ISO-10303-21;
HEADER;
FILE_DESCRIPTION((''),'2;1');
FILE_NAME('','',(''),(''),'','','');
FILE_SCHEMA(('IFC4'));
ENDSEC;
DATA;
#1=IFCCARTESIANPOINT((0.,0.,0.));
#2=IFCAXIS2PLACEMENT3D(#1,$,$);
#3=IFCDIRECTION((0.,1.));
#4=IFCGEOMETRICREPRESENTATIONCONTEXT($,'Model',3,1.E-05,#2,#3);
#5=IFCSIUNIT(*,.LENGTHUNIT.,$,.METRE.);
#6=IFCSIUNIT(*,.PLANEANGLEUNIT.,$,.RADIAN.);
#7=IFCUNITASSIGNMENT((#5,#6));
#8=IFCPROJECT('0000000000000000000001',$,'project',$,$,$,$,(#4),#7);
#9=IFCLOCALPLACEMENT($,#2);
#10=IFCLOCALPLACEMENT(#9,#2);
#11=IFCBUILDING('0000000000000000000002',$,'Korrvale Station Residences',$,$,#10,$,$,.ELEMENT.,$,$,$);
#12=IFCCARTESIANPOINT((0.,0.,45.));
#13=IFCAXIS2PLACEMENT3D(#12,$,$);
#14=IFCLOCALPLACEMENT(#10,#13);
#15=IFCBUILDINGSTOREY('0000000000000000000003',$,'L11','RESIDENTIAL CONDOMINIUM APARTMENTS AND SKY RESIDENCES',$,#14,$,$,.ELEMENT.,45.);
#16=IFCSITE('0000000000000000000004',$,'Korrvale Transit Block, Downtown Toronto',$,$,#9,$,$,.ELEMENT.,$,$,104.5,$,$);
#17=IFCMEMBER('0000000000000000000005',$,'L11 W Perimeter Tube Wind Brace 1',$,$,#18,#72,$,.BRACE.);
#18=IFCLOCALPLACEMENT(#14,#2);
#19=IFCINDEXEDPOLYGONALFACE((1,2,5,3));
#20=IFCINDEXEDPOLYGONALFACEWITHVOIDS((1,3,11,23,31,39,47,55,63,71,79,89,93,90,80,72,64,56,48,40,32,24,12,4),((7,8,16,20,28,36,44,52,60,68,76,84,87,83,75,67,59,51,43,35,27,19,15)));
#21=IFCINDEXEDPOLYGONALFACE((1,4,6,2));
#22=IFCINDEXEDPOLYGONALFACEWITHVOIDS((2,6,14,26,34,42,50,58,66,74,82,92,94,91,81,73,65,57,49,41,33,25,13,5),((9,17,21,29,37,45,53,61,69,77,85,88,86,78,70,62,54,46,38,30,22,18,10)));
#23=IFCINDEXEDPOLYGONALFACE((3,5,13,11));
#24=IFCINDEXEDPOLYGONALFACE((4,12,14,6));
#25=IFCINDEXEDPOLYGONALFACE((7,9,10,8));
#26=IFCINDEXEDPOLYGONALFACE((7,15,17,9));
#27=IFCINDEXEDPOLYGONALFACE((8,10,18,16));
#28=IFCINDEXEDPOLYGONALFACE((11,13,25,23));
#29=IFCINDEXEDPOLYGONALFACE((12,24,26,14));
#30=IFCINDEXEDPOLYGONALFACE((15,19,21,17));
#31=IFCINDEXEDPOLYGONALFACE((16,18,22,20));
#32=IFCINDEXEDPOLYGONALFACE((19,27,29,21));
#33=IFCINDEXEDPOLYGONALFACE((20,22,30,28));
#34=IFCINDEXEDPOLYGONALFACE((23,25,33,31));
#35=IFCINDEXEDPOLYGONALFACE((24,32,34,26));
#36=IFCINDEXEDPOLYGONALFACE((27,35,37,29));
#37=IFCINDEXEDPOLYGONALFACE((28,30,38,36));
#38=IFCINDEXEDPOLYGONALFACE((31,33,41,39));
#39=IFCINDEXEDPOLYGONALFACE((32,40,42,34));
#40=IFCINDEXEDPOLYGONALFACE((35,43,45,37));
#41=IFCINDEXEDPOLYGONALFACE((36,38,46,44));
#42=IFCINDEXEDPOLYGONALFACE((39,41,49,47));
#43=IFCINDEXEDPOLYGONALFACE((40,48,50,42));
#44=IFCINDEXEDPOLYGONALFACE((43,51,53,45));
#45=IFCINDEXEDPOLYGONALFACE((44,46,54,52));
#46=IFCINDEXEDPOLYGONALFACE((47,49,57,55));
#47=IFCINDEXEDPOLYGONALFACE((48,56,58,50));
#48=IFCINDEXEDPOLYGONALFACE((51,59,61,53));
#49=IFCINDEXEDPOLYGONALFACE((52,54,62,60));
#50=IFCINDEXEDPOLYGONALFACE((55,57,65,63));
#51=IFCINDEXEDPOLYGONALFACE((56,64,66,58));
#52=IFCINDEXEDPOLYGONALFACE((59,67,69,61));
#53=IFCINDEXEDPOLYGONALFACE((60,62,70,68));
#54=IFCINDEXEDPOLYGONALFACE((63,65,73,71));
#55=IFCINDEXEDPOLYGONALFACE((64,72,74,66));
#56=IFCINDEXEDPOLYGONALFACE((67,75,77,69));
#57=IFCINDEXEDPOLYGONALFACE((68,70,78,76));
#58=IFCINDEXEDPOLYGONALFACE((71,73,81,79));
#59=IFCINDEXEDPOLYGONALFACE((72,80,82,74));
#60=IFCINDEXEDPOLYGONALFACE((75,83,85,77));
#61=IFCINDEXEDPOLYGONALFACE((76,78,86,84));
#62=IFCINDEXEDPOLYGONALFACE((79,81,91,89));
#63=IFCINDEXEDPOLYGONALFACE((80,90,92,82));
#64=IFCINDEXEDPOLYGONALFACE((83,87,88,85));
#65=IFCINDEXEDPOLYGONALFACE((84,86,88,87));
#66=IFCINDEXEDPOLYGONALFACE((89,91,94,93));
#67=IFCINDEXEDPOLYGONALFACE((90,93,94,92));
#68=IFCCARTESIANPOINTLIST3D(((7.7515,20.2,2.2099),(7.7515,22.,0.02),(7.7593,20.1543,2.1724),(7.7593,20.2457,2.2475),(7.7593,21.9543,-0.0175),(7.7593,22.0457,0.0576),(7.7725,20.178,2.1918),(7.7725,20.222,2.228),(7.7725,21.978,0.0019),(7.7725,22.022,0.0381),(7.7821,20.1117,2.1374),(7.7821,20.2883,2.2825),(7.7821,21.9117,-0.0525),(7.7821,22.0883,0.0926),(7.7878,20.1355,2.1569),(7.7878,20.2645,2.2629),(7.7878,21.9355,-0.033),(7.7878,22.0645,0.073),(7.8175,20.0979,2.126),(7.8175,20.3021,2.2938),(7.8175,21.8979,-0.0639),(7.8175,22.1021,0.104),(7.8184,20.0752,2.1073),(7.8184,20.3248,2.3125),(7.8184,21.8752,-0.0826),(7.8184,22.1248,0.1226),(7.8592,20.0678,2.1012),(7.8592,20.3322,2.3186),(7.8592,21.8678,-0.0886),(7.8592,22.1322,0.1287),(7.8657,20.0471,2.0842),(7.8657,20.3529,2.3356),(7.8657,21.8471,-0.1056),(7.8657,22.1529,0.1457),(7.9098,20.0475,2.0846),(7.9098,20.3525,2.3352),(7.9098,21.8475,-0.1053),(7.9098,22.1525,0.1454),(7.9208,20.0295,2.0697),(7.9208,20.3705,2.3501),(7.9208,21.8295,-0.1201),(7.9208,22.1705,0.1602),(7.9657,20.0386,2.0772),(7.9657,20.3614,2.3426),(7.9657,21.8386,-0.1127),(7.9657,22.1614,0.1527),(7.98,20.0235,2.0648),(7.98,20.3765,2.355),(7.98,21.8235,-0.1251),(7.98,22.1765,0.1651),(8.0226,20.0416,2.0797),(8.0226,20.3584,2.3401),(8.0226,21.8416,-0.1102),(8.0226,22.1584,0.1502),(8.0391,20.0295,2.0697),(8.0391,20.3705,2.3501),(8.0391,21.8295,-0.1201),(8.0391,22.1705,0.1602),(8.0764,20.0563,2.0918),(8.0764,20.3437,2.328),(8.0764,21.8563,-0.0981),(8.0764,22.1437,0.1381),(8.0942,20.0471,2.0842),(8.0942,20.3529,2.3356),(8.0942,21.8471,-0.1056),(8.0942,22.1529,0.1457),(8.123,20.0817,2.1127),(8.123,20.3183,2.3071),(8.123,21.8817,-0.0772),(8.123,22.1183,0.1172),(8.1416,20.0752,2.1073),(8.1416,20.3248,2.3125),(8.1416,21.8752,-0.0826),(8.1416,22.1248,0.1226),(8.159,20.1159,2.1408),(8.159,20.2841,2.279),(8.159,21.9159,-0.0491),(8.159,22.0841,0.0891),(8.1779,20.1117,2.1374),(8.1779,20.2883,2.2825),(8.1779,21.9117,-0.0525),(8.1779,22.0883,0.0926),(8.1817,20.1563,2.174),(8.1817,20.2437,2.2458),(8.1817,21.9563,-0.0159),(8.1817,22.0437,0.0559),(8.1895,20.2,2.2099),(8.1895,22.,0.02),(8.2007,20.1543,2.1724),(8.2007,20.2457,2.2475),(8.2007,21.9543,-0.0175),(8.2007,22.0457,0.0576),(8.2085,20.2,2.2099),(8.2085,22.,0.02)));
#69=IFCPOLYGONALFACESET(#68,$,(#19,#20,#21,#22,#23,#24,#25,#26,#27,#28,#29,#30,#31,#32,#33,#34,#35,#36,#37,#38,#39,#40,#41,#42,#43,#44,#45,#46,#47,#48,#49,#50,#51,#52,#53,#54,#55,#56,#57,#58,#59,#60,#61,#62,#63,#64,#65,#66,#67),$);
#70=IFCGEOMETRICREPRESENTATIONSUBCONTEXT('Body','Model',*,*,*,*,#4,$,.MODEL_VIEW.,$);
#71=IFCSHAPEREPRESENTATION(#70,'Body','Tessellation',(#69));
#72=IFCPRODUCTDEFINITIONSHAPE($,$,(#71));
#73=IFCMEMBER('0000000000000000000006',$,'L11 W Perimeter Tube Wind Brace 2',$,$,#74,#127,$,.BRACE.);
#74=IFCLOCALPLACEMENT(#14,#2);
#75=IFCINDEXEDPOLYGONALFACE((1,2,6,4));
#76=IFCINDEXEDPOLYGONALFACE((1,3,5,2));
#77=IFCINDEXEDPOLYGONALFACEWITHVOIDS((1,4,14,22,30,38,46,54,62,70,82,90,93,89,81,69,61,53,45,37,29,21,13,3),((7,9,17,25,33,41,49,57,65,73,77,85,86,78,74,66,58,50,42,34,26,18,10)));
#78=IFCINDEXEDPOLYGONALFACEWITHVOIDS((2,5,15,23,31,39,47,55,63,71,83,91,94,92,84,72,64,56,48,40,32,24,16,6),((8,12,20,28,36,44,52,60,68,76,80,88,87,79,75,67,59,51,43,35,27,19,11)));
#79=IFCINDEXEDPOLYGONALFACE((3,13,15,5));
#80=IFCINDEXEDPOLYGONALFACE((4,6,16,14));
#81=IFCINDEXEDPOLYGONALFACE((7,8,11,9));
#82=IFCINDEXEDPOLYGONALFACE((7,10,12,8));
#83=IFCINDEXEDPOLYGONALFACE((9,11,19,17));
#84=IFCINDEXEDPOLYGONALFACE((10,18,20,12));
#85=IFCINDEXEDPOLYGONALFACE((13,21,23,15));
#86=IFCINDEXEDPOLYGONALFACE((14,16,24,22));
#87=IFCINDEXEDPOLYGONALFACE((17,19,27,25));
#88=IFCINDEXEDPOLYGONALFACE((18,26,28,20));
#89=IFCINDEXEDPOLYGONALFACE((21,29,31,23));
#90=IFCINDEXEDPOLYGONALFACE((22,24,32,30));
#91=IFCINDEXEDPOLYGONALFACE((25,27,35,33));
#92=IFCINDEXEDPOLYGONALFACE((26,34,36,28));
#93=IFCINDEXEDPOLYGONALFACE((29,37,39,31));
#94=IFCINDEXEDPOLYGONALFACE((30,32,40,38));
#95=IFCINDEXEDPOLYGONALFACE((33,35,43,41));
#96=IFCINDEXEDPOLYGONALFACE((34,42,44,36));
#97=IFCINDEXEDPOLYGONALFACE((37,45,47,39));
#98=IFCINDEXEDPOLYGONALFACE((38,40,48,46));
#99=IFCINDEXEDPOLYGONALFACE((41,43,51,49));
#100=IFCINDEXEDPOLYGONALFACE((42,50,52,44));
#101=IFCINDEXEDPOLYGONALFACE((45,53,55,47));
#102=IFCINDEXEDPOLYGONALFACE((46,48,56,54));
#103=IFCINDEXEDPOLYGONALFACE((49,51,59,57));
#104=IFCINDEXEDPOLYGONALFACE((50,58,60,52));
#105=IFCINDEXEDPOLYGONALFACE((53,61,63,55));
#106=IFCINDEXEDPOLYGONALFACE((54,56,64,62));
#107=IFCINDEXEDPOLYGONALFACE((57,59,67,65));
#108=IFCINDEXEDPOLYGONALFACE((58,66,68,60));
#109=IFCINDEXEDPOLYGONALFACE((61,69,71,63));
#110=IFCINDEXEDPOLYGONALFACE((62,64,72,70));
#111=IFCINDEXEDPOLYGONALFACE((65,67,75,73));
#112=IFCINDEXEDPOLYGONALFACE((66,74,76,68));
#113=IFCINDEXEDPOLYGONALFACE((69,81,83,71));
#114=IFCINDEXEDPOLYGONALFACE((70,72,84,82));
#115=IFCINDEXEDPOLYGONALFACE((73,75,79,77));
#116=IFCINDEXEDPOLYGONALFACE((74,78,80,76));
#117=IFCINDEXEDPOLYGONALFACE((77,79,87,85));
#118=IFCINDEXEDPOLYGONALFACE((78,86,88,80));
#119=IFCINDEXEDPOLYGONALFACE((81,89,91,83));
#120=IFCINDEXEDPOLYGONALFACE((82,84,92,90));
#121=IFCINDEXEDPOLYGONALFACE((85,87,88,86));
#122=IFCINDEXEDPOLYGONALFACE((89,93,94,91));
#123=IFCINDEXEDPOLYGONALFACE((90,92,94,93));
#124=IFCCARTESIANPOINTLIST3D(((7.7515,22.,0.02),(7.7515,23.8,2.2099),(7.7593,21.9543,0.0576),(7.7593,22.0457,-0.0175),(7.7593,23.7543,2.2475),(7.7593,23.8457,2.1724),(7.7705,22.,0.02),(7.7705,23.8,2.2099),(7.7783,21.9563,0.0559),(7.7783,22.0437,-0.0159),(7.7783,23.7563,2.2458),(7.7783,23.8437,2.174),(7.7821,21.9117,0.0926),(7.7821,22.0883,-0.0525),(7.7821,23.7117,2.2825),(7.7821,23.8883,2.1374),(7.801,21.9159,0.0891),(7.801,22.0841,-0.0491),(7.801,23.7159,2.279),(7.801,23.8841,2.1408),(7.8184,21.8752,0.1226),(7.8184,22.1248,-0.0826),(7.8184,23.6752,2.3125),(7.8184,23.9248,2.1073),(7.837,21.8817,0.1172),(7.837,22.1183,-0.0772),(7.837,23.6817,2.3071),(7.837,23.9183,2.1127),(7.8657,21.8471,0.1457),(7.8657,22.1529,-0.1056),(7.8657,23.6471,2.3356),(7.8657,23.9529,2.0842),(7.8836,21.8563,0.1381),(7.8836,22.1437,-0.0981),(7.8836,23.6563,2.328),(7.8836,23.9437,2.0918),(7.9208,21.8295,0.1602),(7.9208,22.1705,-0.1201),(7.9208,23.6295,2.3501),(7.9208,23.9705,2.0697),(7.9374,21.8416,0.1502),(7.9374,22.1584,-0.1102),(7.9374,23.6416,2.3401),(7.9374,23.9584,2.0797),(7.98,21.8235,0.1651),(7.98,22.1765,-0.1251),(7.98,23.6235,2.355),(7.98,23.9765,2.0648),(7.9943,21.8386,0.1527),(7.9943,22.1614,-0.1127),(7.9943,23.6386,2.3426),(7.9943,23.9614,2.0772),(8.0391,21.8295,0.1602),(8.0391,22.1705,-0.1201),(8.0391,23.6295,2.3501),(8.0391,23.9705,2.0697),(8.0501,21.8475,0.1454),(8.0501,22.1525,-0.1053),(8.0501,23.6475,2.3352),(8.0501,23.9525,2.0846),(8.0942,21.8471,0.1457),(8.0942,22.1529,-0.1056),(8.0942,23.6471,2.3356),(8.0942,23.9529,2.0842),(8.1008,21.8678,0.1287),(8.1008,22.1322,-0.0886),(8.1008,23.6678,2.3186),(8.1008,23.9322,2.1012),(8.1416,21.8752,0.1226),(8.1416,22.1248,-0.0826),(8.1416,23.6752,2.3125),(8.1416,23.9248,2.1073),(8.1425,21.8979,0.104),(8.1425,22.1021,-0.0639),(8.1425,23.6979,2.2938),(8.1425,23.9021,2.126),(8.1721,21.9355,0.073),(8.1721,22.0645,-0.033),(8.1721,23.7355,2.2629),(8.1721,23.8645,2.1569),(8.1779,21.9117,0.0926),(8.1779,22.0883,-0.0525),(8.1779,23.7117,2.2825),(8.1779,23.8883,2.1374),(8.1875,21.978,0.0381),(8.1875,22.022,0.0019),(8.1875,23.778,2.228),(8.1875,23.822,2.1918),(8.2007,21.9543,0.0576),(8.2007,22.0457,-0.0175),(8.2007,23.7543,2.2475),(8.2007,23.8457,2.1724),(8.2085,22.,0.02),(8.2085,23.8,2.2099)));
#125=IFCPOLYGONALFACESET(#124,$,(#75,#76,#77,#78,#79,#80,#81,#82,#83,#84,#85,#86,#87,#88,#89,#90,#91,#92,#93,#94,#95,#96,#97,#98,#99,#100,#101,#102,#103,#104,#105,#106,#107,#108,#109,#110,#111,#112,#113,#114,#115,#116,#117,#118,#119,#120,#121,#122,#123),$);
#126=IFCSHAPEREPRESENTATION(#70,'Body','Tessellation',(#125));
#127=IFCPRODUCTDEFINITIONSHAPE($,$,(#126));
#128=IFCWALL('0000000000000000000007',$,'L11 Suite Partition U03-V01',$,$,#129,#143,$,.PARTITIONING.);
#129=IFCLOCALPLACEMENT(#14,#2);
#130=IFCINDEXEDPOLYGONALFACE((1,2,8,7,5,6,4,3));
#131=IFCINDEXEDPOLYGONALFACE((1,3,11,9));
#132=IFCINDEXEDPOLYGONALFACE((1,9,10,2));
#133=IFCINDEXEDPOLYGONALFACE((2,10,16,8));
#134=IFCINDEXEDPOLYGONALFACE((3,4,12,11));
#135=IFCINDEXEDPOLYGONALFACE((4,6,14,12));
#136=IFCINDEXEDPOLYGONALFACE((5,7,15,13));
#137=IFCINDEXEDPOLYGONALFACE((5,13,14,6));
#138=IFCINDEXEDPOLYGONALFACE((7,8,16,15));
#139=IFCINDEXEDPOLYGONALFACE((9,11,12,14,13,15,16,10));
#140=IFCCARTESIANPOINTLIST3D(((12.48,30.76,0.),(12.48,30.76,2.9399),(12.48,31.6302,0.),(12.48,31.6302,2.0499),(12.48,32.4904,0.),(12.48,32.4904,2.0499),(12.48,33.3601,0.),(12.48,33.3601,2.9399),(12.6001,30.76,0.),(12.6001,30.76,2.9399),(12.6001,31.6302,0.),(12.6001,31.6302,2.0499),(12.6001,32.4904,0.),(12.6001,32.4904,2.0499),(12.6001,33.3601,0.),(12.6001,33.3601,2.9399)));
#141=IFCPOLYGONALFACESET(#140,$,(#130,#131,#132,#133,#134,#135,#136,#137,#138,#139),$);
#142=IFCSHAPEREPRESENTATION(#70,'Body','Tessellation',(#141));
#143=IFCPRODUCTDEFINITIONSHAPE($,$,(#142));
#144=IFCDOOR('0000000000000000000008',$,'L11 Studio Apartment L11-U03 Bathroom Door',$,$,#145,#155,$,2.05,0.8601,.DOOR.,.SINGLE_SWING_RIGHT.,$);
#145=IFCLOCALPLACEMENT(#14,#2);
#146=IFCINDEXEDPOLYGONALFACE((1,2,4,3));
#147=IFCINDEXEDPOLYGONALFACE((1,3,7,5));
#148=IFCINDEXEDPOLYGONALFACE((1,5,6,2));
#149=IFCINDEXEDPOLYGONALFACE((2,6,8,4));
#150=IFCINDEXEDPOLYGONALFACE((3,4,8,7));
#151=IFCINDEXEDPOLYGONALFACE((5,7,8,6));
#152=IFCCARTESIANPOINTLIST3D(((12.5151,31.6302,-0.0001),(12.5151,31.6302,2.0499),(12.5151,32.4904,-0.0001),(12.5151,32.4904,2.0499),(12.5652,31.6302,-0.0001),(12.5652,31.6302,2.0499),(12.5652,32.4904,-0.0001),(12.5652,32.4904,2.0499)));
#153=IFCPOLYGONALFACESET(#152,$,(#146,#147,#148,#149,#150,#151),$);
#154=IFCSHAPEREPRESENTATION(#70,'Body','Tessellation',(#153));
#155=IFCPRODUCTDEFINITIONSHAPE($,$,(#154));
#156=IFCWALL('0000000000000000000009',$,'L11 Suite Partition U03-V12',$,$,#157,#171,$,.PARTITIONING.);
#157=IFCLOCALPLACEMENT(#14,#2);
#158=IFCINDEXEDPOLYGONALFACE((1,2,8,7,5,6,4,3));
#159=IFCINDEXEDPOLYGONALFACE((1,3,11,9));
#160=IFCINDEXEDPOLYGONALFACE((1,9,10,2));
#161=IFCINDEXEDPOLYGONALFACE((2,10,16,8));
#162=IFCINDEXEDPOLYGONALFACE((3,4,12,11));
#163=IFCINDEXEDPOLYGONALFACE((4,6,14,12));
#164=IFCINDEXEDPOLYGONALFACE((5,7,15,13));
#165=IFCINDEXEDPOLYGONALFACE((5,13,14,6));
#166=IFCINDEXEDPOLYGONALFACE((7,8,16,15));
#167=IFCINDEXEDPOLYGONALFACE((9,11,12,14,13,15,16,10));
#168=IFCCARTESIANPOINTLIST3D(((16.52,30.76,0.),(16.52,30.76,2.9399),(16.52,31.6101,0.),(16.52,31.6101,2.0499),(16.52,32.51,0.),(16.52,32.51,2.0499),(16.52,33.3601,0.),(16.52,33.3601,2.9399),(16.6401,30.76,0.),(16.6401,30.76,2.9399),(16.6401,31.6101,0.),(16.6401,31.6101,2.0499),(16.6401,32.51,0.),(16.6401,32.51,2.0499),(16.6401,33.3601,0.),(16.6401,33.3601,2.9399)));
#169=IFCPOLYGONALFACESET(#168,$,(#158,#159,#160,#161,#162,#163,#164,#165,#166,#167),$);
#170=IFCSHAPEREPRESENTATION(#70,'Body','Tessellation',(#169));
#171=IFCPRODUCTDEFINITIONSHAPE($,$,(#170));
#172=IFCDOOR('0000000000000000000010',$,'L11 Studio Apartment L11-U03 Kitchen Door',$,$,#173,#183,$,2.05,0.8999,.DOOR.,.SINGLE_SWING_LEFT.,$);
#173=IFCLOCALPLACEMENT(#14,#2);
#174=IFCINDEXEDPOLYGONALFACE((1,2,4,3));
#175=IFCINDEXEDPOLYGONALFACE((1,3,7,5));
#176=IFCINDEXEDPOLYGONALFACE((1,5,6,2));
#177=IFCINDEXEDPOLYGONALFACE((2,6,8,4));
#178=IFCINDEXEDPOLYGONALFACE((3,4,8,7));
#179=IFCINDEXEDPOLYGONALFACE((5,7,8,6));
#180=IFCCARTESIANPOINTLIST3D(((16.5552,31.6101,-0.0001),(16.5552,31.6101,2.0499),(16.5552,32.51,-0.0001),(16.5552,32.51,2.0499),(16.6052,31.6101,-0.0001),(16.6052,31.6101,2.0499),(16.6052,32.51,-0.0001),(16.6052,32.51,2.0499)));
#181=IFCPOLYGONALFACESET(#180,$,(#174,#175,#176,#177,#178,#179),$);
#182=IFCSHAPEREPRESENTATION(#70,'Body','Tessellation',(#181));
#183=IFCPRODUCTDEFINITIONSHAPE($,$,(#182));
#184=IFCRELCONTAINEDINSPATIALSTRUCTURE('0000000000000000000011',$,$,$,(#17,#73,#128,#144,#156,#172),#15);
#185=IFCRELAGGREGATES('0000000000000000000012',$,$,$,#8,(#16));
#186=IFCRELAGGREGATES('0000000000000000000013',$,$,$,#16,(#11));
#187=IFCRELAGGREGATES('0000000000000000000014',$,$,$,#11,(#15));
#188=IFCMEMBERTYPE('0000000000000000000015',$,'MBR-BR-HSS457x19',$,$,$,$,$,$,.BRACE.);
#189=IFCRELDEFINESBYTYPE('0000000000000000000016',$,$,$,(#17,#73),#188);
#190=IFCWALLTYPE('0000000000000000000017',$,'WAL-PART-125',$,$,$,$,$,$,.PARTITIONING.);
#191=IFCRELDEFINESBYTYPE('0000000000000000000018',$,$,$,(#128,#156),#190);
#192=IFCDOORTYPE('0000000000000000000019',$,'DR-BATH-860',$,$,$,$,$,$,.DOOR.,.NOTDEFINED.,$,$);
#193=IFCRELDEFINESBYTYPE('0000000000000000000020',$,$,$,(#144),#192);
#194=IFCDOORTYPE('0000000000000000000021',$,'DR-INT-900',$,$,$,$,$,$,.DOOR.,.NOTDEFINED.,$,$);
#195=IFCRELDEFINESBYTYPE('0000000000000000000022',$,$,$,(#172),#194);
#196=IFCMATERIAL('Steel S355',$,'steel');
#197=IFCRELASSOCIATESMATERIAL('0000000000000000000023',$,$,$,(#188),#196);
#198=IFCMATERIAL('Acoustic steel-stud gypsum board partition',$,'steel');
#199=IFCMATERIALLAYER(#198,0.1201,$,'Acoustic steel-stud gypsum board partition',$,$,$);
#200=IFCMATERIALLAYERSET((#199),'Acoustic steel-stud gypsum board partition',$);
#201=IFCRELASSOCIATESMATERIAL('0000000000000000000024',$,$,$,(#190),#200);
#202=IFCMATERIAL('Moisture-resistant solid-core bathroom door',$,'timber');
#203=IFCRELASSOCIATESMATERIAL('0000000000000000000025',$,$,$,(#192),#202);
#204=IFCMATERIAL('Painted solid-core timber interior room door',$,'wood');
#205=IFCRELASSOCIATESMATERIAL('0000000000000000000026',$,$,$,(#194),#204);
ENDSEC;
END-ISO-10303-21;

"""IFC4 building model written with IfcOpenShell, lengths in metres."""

from ifc_helpers import new_model, si_unit, direction, frame, frame_2d, origin, origin_2d, place, context, subcontext, project, spatial, rectangle, hollow_circle, extrude, material, layer, layer_set, material_profile, profile_set, type_object, element, fill, save


model = new_model("IFC4")

# Units and contexts
model_context = context("Model", 3, precision=1e-05, world=origin(), true_north=direction((0.0, 1.0)))
body_context = subcontext(model_context, "Body", "Model", "MODEL_VIEW")
ifc_project = project(units=[si_unit("LENGTHUNIT", "METRE"), si_unit("PLANEANGLEUNIT", "RADIAN")], contexts=[model_context])

# Site, building, storey
site_placement = place(None, origin())
site = spatial("IfcSite", under=ifc_project, at=site_placement, Name="Korrvale Transit Block, Downtown Toronto", CompositionType="ELEMENT", RefElevation=104.5)
building_placement = place(site_placement, origin())
building = spatial("IfcBuilding", under=site, at=building_placement, Name="Korrvale Station Residences", CompositionType="ELEMENT")
storey_placement = place(building_placement, frame((0.0, 0.0, 45.0)))
storey = spatial("IfcBuildingStorey", under=building, at=storey_placement, Name="L11", Description="RESIDENTIAL CONDOMINIUM APARTMENTS AND SKY RESIDENCES", CompositionType="ELEMENT", Elevation=45.0)

# Shared definitions
ifc_material_1 = material(Name="Steel S355", Category="steel")

# Members
ifc_material_profile_1 = material_profile(ifc_material_1, hollow_circle(Radius=0.2285, WallThickness=0.019, at=origin_2d()), Name="HSS457x19")
ifc_profile_set_1 = profile_set([ifc_material_profile_1], Name="Steel S355")
member_type = type_object("IfcMemberType", Name="MBR-BR-HSS457x19", PredefinedType="BRACE", material=ifc_profile_set_1)
for number, where, z_axis, x_axis, name in (
    (1, (7.98, 22.0, 0.02), (0.0, -0.634985, 0.772524), (1.0, 0.0, 0.0), "L11 W Perimeter Tube Wind Brace 1"),
    (2, (7.98, 22.0, 0.02), (0.0, 0.634985, 0.772524), (-1.0, 0.0, 0.0), "L11 W Perimeter Tube Wind Brace 2"),
):
    element("IfcMember", number, at=place(storey_placement, frame(where, z_axis=z_axis, x_axis=x_axis)), inside=storey, type_object=member_type, Name=name, PredefinedType="BRACE", context=body_context, shape_type="SweptSolid", body=[
        extrude(hollow_circle(Radius=0.2285, WallThickness=0.019, at=origin_2d()), origin(), (0.0, 0.0, 1.0), 2.8347),
    ])

# Walls, openings, doors
ifc_material_2 = material(Name="Acoustic steel-stud gypsum board partition", Category="steel")
ifc_layer_1 = layer(ifc_material_2, 0.1201, Name="Acoustic steel-stud gypsum board partition")
ifc_layer_set_1 = layer_set([ifc_layer_1], Name="Acoustic steel-stud gypsum board partition")
wall_type_1 = type_object("IfcWallType", Name="WAL-PART-125", PredefinedType="PARTITIONING", material=ifc_layer_set_1)
wall_1_placement = place(storey_placement, frame((12.54, 30.76, 0.0), z_axis=(0.0, 0.0, 1.0), x_axis=(0.0, 1.0, 0.0)))
wall_1 = element("IfcWall", 3, at=wall_1_placement, inside=storey, type_object=wall_type_1, Name="L11 Suite Partition U03-V01", PredefinedType="PARTITIONING", context=body_context, shape_type="SweptSolid", body=[
    extrude(rectangle(XDim=2.6001, YDim=0.1201, at=frame_2d((1.3, 0.0))), origin(), (0.0, 0.0, 1.0), 2.9399),
])
opening_1_placement = place(wall_1_placement, frame((0.8701, 0.0, 0.0)))
opening_1 = element("IfcOpeningElement", 4, at=opening_1_placement, cuts=wall_1, PredefinedType="OPENING", context=body_context, shape_type="SweptSolid", body=[
    extrude(rectangle(XDim=0.8601, YDim=2.05, at=frame_2d((0.4302, 1.0249))), frame((0.0, 0.0701, 0.0), z_axis=(0.0, -1.0, 0.0), x_axis=(1.0, 0.0, 0.0)), (0.0, 0.0, 1.0), 0.1401),
])
ifc_material_3 = material(Name="Moisture-resistant solid-core bathroom door", Category="timber")
door_type_1 = type_object("IfcDoorType", Name="DR-BATH-860", OperationType="NOTDEFINED", PredefinedType="DOOR", material=ifc_material_3)
door_1_placement = place(opening_1_placement, origin())
door_1 = element("IfcDoor", 5, at=door_1_placement, inside=storey, type_object=door_type_1, Name="L11 Studio Apartment L11-U03 Bathroom Door", OperationType="SINGLE_SWING_RIGHT", OverallHeight=2.05, OverallWidth=0.8601, PredefinedType="DOOR", context=body_context, shape_type="SweptSolid", body=[
    extrude(rectangle(XDim=0.8601, YDim=2.05, at=frame_2d((0.4302, 1.0249))), frame((0.0, 0.0249, 0.0), z_axis=(0.0, -1.0, 0.0), x_axis=(1.0, 0.0, 0.0)), (0.0, 0.0, 1.0), 0.05),
])
fill(opening_1, door_1)
wall_2_placement = place(storey_placement, frame((16.5801, 30.76, 0.0), z_axis=(0.0, 0.0, 1.0), x_axis=(0.0, 1.0, 0.0)))
wall_2 = element("IfcWall", 6, at=wall_2_placement, inside=storey, type_object=wall_type_1, Name="L11 Suite Partition U03-V12", PredefinedType="PARTITIONING", context=body_context, shape_type="SweptSolid", body=[
    extrude(rectangle(XDim=2.6001, YDim=0.1201, at=frame_2d((1.3, 0.0))), origin(), (0.0, 0.0, 1.0), 2.9399),
])
opening_2_placement = place(wall_2_placement, frame((0.8501, 0.0, 0.0)))
opening_2 = element("IfcOpeningElement", 7, at=opening_2_placement, cuts=wall_2, PredefinedType="OPENING", context=body_context, shape_type="SweptSolid", body=[
    extrude(rectangle(XDim=0.8999, YDim=2.05, at=frame_2d((0.45, 1.0249))), frame((0.0, 0.0701, 0.0), z_axis=(0.0, -1.0, 0.0), x_axis=(1.0, 0.0, 0.0)), (0.0, 0.0, 1.0), 0.1401),
])
ifc_material_4 = material(Name="Painted solid-core timber interior room door", Category="wood")
door_type_2 = type_object("IfcDoorType", Name="DR-INT-900", OperationType="NOTDEFINED", PredefinedType="DOOR", material=ifc_material_4)
door_2_placement = place(opening_2_placement, origin())
door_2 = element("IfcDoor", 8, at=door_2_placement, inside=storey, type_object=door_type_2, Name="L11 Studio Apartment L11-U03 Kitchen Door", OperationType="SINGLE_SWING_LEFT", OverallHeight=2.05, OverallWidth=0.8999, PredefinedType="DOOR", context=body_context, shape_type="SweptSolid", body=[
    extrude(rectangle(XDim=0.8999, YDim=2.05, at=frame_2d((0.45, 1.0249))), frame((0.0, 0.0249, 0.0), z_axis=(0.0, -1.0, 0.0), x_axis=(1.0, 0.0, 0.0)), (0.0, 0.0, 1.0), 0.05),
])
fill(opening_2, door_2)

save(model, "model.ifc")
